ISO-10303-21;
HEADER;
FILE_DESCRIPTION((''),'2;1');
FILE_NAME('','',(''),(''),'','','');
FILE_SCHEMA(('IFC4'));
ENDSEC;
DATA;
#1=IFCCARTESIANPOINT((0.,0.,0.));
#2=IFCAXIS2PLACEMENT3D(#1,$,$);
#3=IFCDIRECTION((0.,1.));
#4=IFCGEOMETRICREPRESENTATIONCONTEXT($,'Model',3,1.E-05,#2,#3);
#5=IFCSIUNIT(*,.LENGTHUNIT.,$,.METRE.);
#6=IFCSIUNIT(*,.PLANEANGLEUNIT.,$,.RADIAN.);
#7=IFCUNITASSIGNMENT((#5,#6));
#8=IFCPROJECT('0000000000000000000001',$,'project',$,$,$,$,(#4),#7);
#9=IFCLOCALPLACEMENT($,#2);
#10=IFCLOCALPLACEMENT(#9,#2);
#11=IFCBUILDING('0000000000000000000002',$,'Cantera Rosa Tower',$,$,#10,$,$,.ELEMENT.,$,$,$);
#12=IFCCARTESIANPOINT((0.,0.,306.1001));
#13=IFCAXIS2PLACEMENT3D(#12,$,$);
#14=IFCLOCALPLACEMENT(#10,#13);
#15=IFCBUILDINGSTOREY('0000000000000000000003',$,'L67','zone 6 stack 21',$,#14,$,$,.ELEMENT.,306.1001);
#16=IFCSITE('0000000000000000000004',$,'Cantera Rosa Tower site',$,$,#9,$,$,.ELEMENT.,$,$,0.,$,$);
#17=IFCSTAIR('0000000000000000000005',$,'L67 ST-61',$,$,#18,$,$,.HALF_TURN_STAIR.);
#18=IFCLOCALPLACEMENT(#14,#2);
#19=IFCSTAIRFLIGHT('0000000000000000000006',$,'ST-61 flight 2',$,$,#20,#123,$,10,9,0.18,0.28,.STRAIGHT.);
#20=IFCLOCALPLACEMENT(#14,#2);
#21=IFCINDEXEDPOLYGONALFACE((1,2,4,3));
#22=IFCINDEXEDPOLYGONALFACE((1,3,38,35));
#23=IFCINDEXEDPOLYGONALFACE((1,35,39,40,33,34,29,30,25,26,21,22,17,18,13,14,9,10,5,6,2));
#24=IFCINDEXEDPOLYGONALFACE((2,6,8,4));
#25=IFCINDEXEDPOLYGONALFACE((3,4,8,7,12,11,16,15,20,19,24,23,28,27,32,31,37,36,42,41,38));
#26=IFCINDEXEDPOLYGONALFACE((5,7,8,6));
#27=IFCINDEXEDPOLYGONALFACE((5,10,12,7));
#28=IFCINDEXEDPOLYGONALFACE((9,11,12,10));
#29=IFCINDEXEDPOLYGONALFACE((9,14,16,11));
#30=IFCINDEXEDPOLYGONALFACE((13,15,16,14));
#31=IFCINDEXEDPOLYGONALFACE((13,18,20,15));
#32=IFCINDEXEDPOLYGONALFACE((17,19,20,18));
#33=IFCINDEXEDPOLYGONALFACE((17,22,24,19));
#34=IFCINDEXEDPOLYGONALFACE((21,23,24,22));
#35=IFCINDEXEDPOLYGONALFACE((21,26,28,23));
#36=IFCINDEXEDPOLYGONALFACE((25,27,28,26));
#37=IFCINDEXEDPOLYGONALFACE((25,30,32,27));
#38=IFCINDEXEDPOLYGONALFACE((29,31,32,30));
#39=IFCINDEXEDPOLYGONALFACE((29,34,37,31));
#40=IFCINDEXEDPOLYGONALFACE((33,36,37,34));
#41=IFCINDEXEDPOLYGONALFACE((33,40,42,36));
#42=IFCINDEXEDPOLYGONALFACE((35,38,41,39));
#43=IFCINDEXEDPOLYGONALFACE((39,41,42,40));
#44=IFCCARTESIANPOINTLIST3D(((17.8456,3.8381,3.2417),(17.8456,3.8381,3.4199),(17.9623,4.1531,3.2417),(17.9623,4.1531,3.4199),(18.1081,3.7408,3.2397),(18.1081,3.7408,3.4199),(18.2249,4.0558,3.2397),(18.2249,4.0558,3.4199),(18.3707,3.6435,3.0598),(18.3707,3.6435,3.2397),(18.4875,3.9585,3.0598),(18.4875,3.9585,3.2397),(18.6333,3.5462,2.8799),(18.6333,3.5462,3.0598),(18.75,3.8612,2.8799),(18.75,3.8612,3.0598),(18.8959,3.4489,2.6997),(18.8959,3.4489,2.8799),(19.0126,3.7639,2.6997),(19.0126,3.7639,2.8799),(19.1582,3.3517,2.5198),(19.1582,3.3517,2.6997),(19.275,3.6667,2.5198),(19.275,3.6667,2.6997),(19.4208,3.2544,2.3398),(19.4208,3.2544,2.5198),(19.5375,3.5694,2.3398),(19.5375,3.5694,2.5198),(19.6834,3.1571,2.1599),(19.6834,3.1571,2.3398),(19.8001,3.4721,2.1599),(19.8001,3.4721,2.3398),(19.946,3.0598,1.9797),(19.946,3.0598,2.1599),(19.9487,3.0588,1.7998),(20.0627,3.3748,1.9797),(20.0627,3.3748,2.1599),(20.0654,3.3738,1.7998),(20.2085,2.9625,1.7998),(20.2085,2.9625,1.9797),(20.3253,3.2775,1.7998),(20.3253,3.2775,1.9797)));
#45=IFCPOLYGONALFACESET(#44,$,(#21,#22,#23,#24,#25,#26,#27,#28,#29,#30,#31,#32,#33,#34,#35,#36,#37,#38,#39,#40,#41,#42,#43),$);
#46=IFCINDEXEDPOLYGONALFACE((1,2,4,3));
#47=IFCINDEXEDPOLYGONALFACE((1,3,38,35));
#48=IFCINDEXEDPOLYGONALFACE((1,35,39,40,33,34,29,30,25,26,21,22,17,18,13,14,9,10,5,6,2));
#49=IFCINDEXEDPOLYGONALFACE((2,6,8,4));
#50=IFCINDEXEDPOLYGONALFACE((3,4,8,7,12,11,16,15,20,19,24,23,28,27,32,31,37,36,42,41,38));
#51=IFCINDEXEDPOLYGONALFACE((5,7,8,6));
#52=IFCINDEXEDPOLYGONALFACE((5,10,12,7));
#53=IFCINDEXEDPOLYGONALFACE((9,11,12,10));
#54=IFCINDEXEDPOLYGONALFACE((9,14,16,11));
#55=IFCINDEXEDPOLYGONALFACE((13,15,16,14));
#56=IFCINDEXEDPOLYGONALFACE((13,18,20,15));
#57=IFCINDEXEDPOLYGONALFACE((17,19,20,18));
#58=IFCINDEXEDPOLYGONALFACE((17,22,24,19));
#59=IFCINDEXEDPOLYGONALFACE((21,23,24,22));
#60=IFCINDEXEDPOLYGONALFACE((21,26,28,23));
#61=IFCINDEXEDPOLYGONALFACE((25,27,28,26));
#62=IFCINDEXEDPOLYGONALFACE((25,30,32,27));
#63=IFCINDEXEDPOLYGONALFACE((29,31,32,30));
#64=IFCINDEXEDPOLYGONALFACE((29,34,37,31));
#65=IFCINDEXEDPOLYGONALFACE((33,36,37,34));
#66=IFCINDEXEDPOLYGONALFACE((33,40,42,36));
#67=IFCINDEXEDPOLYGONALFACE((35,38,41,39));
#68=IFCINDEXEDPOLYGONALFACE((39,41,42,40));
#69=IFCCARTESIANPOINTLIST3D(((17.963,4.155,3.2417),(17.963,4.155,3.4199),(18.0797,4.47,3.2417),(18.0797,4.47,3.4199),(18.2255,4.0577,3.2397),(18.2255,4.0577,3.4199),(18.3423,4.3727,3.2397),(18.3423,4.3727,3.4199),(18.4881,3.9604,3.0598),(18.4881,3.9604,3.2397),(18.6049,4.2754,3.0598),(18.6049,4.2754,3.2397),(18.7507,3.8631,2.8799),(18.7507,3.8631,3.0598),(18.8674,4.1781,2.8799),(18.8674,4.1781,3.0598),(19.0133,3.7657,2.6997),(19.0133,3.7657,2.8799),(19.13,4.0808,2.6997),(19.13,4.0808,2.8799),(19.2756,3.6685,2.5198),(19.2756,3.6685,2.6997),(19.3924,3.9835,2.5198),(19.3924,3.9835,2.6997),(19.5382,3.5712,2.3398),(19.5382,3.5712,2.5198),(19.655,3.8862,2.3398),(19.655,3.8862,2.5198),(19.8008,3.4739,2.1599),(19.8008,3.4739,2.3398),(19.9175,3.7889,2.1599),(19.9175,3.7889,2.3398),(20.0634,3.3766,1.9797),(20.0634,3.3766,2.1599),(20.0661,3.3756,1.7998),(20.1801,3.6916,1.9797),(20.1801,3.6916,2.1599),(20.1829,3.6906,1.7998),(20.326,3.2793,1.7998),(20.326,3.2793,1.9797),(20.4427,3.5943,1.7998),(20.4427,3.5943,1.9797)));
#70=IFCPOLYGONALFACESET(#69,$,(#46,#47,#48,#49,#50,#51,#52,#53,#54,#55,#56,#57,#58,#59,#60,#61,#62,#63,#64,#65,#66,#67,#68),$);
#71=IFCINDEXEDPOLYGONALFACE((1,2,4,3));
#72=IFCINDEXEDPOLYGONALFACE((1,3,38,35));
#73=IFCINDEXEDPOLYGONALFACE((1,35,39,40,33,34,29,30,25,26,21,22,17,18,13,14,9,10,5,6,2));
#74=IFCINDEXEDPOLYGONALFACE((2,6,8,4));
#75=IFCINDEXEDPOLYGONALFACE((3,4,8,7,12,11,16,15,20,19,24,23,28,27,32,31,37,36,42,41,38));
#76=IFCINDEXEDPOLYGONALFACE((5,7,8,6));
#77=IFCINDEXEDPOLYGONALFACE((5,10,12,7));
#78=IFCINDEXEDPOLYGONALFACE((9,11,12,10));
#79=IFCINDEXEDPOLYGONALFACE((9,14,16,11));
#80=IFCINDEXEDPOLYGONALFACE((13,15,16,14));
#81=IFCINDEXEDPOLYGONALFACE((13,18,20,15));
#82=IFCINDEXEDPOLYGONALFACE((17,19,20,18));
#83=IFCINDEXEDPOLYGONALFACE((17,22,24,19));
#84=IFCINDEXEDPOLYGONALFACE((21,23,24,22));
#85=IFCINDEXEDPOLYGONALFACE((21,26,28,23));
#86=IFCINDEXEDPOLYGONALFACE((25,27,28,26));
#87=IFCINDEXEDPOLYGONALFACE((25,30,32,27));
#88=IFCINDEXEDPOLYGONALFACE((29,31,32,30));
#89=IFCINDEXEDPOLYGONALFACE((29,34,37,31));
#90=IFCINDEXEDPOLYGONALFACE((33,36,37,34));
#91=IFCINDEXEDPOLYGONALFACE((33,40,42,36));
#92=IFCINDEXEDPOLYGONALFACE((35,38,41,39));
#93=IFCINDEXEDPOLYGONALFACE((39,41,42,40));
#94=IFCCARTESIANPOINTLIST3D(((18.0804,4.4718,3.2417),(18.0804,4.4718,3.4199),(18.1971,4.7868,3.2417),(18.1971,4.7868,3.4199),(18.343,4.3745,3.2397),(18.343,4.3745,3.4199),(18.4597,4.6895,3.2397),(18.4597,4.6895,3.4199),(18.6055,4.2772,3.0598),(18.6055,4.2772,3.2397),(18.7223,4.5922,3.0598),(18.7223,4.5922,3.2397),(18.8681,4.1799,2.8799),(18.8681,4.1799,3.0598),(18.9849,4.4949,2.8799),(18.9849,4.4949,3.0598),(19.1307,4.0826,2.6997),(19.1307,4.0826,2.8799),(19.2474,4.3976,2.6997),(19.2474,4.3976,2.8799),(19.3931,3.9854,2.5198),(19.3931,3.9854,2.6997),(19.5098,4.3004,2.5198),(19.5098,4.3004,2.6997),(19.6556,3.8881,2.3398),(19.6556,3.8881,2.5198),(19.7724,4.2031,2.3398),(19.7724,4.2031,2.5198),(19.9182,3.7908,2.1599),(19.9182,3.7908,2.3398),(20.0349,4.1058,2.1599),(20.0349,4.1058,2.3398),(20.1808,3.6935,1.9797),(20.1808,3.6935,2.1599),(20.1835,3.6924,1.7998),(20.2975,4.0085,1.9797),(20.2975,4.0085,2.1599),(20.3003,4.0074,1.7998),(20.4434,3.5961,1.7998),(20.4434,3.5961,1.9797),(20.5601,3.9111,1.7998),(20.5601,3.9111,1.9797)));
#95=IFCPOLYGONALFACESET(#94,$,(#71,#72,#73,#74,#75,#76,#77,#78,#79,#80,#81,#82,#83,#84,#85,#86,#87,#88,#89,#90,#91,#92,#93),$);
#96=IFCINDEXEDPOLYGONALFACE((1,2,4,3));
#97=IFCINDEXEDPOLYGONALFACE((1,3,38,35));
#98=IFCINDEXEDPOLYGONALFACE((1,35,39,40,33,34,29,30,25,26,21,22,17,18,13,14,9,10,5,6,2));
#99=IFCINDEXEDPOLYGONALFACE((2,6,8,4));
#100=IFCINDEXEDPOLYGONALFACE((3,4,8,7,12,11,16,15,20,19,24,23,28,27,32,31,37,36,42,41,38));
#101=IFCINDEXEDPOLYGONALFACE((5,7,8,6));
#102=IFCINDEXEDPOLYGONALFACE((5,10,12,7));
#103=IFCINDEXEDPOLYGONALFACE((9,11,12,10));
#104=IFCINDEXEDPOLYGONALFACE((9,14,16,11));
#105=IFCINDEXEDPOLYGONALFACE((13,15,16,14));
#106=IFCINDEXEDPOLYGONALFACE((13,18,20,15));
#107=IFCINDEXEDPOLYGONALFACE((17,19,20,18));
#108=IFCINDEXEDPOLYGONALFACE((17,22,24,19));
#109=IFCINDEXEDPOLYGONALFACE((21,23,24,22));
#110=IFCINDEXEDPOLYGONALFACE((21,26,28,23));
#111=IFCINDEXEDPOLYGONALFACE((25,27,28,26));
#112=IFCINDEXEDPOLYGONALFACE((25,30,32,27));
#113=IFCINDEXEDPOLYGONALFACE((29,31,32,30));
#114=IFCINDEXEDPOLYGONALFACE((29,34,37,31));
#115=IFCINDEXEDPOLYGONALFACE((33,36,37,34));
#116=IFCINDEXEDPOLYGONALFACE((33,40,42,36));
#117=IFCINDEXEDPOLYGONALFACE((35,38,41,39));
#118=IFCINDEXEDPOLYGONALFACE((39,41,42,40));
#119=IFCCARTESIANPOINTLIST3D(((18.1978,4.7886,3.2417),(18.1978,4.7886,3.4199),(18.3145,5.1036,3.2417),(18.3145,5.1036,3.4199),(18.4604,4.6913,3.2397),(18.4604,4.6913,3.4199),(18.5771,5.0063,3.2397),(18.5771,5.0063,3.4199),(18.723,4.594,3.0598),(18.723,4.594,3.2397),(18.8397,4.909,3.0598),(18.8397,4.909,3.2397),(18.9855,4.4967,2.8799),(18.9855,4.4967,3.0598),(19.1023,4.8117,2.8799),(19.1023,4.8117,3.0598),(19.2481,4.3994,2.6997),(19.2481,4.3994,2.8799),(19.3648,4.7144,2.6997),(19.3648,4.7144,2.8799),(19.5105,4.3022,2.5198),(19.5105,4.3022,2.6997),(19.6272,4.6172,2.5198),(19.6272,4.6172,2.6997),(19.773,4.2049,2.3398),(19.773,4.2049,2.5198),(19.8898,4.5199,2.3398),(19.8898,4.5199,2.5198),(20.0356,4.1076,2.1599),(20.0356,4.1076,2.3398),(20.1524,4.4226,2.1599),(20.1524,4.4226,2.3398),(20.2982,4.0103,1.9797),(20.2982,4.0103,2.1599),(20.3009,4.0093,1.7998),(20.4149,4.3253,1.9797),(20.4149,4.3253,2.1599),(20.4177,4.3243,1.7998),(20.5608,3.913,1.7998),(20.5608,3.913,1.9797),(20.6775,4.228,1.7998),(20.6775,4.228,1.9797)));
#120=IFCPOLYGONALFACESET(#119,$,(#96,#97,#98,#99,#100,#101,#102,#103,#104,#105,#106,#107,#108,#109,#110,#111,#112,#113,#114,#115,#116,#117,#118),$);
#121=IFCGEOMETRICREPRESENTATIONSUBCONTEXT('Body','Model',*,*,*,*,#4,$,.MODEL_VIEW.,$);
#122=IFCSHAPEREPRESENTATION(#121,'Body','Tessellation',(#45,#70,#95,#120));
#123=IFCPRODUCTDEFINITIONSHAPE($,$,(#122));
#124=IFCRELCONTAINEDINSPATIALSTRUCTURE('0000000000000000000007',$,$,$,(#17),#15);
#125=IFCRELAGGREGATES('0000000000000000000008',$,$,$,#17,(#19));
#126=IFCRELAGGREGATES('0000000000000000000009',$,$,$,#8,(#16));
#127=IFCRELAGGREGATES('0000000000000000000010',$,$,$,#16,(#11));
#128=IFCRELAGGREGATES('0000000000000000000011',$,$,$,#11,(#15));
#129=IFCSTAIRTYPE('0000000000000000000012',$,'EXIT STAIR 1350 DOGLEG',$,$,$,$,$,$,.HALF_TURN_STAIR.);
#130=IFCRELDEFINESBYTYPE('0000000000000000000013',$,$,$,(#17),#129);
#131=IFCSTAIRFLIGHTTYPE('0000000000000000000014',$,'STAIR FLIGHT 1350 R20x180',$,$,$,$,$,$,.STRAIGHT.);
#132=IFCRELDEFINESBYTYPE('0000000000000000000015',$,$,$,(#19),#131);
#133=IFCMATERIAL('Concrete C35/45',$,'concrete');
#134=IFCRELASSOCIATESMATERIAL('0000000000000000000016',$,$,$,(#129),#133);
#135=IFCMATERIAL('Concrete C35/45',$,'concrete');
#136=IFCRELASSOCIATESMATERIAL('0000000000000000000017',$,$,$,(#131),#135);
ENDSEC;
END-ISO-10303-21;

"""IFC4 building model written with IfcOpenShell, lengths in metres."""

from ifc_helpers import new_model, si_unit, direction, frame, origin, place, context, subcontext, project, spatial, polyline, outline, extrude, material, type_object, element, aggregate, save


model = new_model("IFC4")

# Units and contexts
model_context = context("Model", 3, precision=1e-05, world=origin(), true_north=direction((0.0, 1.0)))
body_context = subcontext(model_context, "Body", "Model", "MODEL_VIEW")
ifc_project = project(units=[si_unit("LENGTHUNIT", "METRE"), si_unit("PLANEANGLEUNIT", "RADIAN")], contexts=[model_context])

# Site, building, storey
site_placement = place(None, origin())
site = spatial("IfcSite", under=ifc_project, at=site_placement, Name="Cantera Rosa Tower site", CompositionType="ELEMENT", RefElevation=0.0)
building_placement = place(site_placement, origin())
building = spatial("IfcBuilding", under=site, at=building_placement, Name="Cantera Rosa Tower", CompositionType="ELEMENT")
storey_placement = place(building_placement, frame((0.0, 0.0, 306.1001)))
storey = spatial("IfcBuildingStorey", under=building, at=storey_placement, Name="L67", Description="zone 6 stack 21", CompositionType="ELEMENT", Elevation=306.1001)

# Stair, stair flight
ifc_material_1 = material(Name="Concrete C35/45", Category="concrete")
stair_type = type_object("IfcStairType", Name="EXIT STAIR 1350 DOGLEG", PredefinedType="HALF_TURN_STAIR", material=ifc_material_1)
stair_placement = place(storey_placement, origin())
stair = element("IfcStair", 1, at=stair_placement, inside=storey, type_object=stair_type, Name="L67 ST-61", PredefinedType="HALF_TURN_STAIR")
ifc_material_2 = material(Name="Concrete C35/45", Category="concrete")
stair_flight_type = type_object("IfcStairFlightType", Name="STAIR FLIGHT 1350 R20x180", PredefinedType="STRAIGHT", material=ifc_material_2)
stair_flight_1_placement = place(storey_placement, frame((20.4431, 3.5955, 1.7998), z_axis=(0.0, 0.0, 1.0), x_axis=(-0.937687, 0.347481, 0.0)))
stair_flight_1 = element("IfcStairFlight", 2, at=stair_flight_1_placement, type_object=stair_flight_type, Name="ST-61 flight 2", NumberOfRisers=10, NumberOfTreads=9, PredefinedType="STRAIGHT", RiserHeight=0.18, TreadLength=0.28, context=body_context, shape_type="SweptSolid", body=[
    extrude(outline(polyline([(0.0, 0.0), (0.0, 0.1799), (0.28, 0.1799), (0.28, 0.3601), (0.5601, 0.3601), (0.5601, 0.54), (0.8401, 0.54), (0.8401, 0.72), (1.1201, 0.72), (1.1201, 0.8999), (1.3999, 0.8999), (1.3999, 1.0801), (1.6799, 1.0801), (1.6799, 1.26), (1.96, 1.26), (1.96, 1.4399), (2.24, 1.4399), (2.24, 1.6201), (2.52, 1.6201), (2.52, 1.8), (2.52, 1.4419), (0.2771, 0.0), (0.0, 0.0)])), frame((0.0, 0.675, 0.0), z_axis=(0.0, -1.0, 0.0), x_axis=(1.0, 0.0, 0.0)), (0.0, 0.0, 1.0), 0.3359),
    extrude(outline(polyline([(0.0, 0.0), (0.0, 0.1799), (0.28, 0.1799), (0.28, 0.3601), (0.5601, 0.3601), (0.5601, 0.54), (0.8401, 0.54), (0.8401, 0.72), (1.1201, 0.72), (1.1201, 0.8999), (1.3999, 0.8999), (1.3999, 1.0801), (1.6799, 1.0801), (1.6799, 1.26), (1.96, 1.26), (1.96, 1.4399), (2.24, 1.4399), (2.24, 1.6201), (2.52, 1.6201), (2.52, 1.8), (2.52, 1.4419), (0.2771, 0.0), (0.0, 0.0)])), frame((0.0, 0.3372, 0.0), z_axis=(0.0, -1.0, 0.0), x_axis=(1.0, 0.0, 0.0)), (0.0, 0.0, 1.0), 0.3359),
    extrude(outline(polyline([(0.0, 0.0), (0.0, 0.1799), (0.28, 0.1799), (0.28, 0.3601), (0.5601, 0.3601), (0.5601, 0.54), (0.8401, 0.54), (0.8401, 0.72), (1.1201, 0.72), (1.1201, 0.8999), (1.3999, 0.8999), (1.3999, 1.0801), (1.6799, 1.0801), (1.6799, 1.26), (1.96, 1.26), (1.96, 1.4399), (2.24, 1.4399), (2.24, 1.6201), (2.52, 1.6201), (2.52, 1.8), (2.52, 1.4419), (0.2771, 0.0), (0.0, 0.0)])), frame((0.0, -0.0007, 0.0), z_axis=(0.0, -1.0, 0.0), x_axis=(1.0, 0.0, 0.0)), (0.0, 0.0, 1.0), 0.3359),
    extrude(outline(polyline([(0.0, 0.0), (0.0, 0.1799), (0.28, 0.1799), (0.28, 0.3601), (0.5601, 0.3601), (0.5601, 0.54), (0.8401, 0.54), (0.8401, 0.72), (1.1201, 0.72), (1.1201, 0.8999), (1.3999, 0.8999), (1.3999, 1.0801), (1.6799, 1.0801), (1.6799, 1.26), (1.96, 1.26), (1.96, 1.4399), (2.24, 1.4399), (2.24, 1.6201), (2.52, 1.6201), (2.52, 1.8), (2.52, 1.4419), (0.2771, 0.0), (0.0, 0.0)])), frame((0.0, -0.3386, 0.0), z_axis=(0.0, -1.0, 0.0), x_axis=(1.0, 0.0, 0.0)), (0.0, 0.0, 1.0), 0.3359),
])
aggregate(stair, [stair_flight_1])

save(model, "model.ifc")
